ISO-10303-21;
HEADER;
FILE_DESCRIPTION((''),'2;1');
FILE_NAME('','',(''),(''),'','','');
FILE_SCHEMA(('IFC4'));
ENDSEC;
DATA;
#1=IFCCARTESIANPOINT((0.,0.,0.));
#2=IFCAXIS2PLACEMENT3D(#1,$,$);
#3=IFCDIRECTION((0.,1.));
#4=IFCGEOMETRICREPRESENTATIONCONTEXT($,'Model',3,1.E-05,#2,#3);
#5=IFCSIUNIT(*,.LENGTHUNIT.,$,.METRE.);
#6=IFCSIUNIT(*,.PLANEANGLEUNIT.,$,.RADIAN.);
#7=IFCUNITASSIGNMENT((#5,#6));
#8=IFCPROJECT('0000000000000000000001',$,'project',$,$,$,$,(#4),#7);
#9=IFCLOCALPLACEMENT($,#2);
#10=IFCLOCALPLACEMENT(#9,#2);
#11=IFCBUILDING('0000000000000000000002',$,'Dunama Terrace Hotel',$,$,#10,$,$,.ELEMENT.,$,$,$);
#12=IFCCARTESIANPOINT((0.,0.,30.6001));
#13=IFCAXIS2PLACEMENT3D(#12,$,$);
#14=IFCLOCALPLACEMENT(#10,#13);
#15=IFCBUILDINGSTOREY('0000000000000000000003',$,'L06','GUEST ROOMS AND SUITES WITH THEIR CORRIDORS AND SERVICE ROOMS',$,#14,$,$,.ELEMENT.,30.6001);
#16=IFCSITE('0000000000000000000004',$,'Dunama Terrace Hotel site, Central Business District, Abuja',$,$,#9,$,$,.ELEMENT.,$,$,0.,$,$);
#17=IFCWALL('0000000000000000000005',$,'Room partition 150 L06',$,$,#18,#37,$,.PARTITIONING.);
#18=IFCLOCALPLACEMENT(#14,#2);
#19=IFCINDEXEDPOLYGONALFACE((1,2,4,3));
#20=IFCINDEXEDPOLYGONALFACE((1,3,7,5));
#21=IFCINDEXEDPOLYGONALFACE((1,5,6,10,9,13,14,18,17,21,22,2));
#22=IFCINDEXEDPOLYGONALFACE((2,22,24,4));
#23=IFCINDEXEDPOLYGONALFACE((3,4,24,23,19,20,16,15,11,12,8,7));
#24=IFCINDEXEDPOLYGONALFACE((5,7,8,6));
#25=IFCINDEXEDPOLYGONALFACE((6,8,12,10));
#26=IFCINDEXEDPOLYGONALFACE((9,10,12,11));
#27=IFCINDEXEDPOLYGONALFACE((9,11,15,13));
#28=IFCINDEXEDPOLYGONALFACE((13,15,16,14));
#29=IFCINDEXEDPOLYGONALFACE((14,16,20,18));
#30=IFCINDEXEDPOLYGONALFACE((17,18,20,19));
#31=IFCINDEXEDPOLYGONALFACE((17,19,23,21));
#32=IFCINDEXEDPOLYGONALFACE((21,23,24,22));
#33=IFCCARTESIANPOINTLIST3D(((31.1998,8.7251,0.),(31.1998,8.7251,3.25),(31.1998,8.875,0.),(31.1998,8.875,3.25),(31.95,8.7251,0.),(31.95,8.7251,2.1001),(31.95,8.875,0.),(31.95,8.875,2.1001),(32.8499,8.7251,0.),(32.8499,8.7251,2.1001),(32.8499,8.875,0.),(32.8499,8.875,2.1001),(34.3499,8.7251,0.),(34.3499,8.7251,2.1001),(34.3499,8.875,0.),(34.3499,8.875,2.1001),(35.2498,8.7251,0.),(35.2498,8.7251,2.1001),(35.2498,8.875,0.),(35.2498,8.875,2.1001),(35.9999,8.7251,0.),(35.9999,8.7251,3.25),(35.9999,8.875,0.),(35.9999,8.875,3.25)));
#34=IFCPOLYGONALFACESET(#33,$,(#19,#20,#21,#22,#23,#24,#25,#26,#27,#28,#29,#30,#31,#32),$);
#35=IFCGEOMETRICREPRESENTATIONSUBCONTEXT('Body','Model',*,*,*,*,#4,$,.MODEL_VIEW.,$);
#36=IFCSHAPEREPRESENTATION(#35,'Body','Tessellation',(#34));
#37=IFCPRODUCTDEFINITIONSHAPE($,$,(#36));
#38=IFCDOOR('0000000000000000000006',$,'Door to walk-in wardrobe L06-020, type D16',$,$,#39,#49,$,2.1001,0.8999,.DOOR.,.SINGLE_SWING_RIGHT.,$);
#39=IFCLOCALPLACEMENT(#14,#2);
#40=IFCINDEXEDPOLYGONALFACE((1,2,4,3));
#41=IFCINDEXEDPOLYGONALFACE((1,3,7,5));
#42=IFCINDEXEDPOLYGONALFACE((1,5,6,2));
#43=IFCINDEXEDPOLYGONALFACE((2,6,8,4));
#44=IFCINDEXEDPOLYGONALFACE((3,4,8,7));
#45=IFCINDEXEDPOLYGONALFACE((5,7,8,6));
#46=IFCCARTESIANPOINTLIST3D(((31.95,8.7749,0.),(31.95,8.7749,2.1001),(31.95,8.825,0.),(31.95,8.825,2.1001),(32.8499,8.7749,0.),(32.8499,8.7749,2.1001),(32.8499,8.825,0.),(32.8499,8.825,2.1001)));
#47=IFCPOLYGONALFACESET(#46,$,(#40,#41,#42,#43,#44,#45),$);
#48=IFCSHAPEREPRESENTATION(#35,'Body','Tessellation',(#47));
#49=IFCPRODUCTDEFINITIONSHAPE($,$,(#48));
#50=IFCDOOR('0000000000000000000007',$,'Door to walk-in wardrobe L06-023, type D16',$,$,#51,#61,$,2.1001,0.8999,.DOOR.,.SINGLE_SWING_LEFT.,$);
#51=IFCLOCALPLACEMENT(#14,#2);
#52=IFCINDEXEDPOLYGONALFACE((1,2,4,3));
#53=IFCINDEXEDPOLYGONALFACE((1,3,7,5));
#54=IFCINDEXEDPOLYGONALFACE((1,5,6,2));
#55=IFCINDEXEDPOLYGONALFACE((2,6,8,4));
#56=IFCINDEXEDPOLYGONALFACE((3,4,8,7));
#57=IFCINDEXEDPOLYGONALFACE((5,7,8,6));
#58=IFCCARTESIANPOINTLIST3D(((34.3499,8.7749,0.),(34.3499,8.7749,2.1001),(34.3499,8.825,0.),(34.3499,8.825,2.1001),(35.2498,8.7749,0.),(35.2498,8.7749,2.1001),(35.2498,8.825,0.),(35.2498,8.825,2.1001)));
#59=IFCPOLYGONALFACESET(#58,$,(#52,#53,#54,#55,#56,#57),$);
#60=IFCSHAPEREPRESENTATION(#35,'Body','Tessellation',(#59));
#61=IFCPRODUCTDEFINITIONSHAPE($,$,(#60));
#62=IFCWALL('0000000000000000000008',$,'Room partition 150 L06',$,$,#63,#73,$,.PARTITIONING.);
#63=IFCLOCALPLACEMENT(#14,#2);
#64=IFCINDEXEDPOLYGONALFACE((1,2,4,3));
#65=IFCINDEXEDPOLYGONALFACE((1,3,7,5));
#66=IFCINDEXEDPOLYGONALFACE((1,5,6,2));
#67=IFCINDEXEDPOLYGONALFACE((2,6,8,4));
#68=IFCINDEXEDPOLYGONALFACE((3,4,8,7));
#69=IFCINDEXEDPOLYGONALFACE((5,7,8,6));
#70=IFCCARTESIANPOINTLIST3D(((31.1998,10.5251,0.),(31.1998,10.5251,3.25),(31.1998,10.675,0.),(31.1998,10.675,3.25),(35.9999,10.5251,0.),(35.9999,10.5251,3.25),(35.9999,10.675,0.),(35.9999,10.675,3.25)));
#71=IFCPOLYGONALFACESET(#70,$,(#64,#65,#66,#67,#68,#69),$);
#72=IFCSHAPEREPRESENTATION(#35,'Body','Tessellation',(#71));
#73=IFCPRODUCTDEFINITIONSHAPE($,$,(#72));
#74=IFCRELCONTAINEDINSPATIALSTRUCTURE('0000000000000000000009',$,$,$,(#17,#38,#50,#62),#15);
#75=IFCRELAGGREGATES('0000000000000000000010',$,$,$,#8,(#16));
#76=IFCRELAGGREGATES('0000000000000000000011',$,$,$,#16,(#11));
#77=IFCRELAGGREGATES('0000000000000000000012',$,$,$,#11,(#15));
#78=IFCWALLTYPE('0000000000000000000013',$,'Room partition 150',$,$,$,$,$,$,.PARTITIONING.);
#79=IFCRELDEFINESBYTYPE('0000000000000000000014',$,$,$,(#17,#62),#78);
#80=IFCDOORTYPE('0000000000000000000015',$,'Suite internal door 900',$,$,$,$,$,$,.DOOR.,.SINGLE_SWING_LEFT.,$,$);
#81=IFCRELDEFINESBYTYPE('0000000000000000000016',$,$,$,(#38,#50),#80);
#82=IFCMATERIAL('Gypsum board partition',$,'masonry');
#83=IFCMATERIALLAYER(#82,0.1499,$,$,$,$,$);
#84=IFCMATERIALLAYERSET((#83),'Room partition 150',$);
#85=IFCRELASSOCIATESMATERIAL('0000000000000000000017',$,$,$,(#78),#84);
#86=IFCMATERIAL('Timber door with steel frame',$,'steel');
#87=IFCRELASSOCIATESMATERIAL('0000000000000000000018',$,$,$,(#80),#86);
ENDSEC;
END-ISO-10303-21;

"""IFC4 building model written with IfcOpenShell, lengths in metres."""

from ifc_helpers import new_model, si_unit, direction, frame, frame_2d, origin, place, context, subcontext, project, spatial, rectangle, extrude, material, layer, layer_set, type_object, element, fill, save


model = new_model("IFC4")

# Units and contexts
model_context = context("Model", 3, precision=1e-05, world=origin(), true_north=direction((0.0, 1.0)))
body_context = subcontext(model_context, "Body", "Model", "MODEL_VIEW")
ifc_project = project(units=[si_unit("LENGTHUNIT", "METRE"), si_unit("PLANEANGLEUNIT", "RADIAN")], contexts=[model_context])

# Site, building, storey
site_placement = place(None, origin())
site = spatial("IfcSite", under=ifc_project, at=site_placement, Name="Dunama Terrace Hotel site, Central Business District, Abuja", CompositionType="ELEMENT", RefElevation=0.0)
building_placement = place(site_placement, origin())
building = spatial("IfcBuilding", under=site, at=building_placement, Name="Dunama Terrace Hotel", CompositionType="ELEMENT")
storey_placement = place(building_placement, frame((0.0, 0.0, 30.6001)))
storey = spatial("IfcBuildingStorey", under=building, at=storey_placement, Name="L06", Description="GUEST ROOMS AND SUITES WITH THEIR CORRIDORS AND SERVICE ROOMS", CompositionType="ELEMENT", Elevation=30.6001)

# Shared definitions
ifc_material_1 = material(Name="Gypsum board partition", Category="masonry")
ifc_layer_1 = layer(ifc_material_1, 0.1499)
ifc_layer_set_1 = layer_set([ifc_layer_1], Name="Room partition 150")
wall_type_1 = type_object("IfcWallType", Name="Room partition 150", PredefinedType="PARTITIONING", material=ifc_layer_set_1)

# Wall, openings, doors
wall_1_placement = place(storey_placement, frame((31.2, 8.8, 0.0), z_axis=(0.0, 0.0, 1.0), x_axis=(1.0, 0.0, 0.0)))
wall_1 = element("IfcWall", 1, at=wall_1_placement, inside=storey, type_object=wall_type_1, Name="Room partition 150 L06", PredefinedType="PARTITIONING", context=body_context, shape_type="SweptSolid", body=[
    extrude(rectangle(XDim=4.8, YDim=0.1499, at=frame_2d((2.3999, 0.0))), origin(), (0.0, 0.0, 1.0), 3.25),
])
opening_1_placement = place(wall_1_placement, frame((0.75, 0.0, 0.0)))
opening_1 = element("IfcOpeningElement", 2, at=opening_1_placement, cuts=wall_1, PredefinedType="OPENING", context=body_context, shape_type="SweptSolid", body=[
    extrude(rectangle(XDim=0.8999, YDim=2.1001, at=frame_2d((0.45, 1.05))), frame((0.0, 0.085, 0.0), z_axis=(0.0, -1.0, 0.0), x_axis=(1.0, 0.0, 0.0)), (0.0, 0.0, 1.0), 0.1699),
])
opening_2_placement = place(wall_1_placement, frame((3.1499, 0.0, 0.0)))
opening_2 = element("IfcOpeningElement", 3, at=opening_2_placement, cuts=wall_1, PredefinedType="OPENING", context=body_context, shape_type="SweptSolid", body=[
    extrude(rectangle(XDim=0.8999, YDim=2.1001, at=frame_2d((0.45, 1.05))), frame((0.0, 0.085, 0.0), z_axis=(0.0, -1.0, 0.0), x_axis=(1.0, 0.0, 0.0)), (0.0, 0.0, 1.0), 0.1699),
])
ifc_material_2 = material(Name="Timber door with steel frame", Category="steel")
door_type_1 = type_object("IfcDoorType", Name="Suite internal door 900", OperationType="SINGLE_SWING_LEFT", PredefinedType="DOOR", material=ifc_material_2)
door_1_placement = place(opening_1_placement, origin())
door_1 = element("IfcDoor", 4, at=door_1_placement, inside=storey, type_object=door_type_1, Name="Door to walk-in wardrobe L06-020, type D16", OperationType="SINGLE_SWING_RIGHT", OverallHeight=2.1001, OverallWidth=0.8999, PredefinedType="DOOR", context=body_context, shape_type="SweptSolid", body=[
    extrude(rectangle(XDim=0.8999, YDim=2.1001, at=frame_2d((0.45, 1.05))), frame((0.0, 0.0249, 0.0), z_axis=(0.0, -1.0, 0.0), x_axis=(1.0, 0.0, 0.0)), (0.0, 0.0, 1.0), 0.05),
])
fill(opening_1, door_1)
door_2_placement = place(opening_2_placement, origin())
door_2 = element("IfcDoor", 5, at=door_2_placement, inside=storey, type_object=door_type_1, Name="Door to walk-in wardrobe L06-023, type D16", OperationType="SINGLE_SWING_LEFT", OverallHeight=2.1001, OverallWidth=0.8999, PredefinedType="DOOR", context=body_context, shape_type="SweptSolid", body=[
    extrude(rectangle(XDim=0.8999, YDim=2.1001, at=frame_2d((0.45, 1.05))), frame((0.0, 0.0249, 0.0), z_axis=(0.0, -1.0, 0.0), x_axis=(1.0, 0.0, 0.0)), (0.0, 0.0, 1.0), 0.05),
])
fill(opening_2, door_2)

# Wall
wall_2_placement = place(storey_placement, frame((31.2, 10.6001, 0.0), z_axis=(0.0, 0.0, 1.0), x_axis=(1.0, 0.0, 0.0)))
element("IfcWall", 6, at=wall_2_placement, inside=storey, type_object=wall_type_1, Name="Room partition 150 L06", PredefinedType="PARTITIONING", context=body_context, shape_type="SweptSolid", body=[
    extrude(rectangle(XDim=4.8, YDim=0.1499, at=frame_2d((2.3999, 0.0))), origin(), (0.0, 0.0, 1.0), 3.25),
])

save(model, "model.ifc")
